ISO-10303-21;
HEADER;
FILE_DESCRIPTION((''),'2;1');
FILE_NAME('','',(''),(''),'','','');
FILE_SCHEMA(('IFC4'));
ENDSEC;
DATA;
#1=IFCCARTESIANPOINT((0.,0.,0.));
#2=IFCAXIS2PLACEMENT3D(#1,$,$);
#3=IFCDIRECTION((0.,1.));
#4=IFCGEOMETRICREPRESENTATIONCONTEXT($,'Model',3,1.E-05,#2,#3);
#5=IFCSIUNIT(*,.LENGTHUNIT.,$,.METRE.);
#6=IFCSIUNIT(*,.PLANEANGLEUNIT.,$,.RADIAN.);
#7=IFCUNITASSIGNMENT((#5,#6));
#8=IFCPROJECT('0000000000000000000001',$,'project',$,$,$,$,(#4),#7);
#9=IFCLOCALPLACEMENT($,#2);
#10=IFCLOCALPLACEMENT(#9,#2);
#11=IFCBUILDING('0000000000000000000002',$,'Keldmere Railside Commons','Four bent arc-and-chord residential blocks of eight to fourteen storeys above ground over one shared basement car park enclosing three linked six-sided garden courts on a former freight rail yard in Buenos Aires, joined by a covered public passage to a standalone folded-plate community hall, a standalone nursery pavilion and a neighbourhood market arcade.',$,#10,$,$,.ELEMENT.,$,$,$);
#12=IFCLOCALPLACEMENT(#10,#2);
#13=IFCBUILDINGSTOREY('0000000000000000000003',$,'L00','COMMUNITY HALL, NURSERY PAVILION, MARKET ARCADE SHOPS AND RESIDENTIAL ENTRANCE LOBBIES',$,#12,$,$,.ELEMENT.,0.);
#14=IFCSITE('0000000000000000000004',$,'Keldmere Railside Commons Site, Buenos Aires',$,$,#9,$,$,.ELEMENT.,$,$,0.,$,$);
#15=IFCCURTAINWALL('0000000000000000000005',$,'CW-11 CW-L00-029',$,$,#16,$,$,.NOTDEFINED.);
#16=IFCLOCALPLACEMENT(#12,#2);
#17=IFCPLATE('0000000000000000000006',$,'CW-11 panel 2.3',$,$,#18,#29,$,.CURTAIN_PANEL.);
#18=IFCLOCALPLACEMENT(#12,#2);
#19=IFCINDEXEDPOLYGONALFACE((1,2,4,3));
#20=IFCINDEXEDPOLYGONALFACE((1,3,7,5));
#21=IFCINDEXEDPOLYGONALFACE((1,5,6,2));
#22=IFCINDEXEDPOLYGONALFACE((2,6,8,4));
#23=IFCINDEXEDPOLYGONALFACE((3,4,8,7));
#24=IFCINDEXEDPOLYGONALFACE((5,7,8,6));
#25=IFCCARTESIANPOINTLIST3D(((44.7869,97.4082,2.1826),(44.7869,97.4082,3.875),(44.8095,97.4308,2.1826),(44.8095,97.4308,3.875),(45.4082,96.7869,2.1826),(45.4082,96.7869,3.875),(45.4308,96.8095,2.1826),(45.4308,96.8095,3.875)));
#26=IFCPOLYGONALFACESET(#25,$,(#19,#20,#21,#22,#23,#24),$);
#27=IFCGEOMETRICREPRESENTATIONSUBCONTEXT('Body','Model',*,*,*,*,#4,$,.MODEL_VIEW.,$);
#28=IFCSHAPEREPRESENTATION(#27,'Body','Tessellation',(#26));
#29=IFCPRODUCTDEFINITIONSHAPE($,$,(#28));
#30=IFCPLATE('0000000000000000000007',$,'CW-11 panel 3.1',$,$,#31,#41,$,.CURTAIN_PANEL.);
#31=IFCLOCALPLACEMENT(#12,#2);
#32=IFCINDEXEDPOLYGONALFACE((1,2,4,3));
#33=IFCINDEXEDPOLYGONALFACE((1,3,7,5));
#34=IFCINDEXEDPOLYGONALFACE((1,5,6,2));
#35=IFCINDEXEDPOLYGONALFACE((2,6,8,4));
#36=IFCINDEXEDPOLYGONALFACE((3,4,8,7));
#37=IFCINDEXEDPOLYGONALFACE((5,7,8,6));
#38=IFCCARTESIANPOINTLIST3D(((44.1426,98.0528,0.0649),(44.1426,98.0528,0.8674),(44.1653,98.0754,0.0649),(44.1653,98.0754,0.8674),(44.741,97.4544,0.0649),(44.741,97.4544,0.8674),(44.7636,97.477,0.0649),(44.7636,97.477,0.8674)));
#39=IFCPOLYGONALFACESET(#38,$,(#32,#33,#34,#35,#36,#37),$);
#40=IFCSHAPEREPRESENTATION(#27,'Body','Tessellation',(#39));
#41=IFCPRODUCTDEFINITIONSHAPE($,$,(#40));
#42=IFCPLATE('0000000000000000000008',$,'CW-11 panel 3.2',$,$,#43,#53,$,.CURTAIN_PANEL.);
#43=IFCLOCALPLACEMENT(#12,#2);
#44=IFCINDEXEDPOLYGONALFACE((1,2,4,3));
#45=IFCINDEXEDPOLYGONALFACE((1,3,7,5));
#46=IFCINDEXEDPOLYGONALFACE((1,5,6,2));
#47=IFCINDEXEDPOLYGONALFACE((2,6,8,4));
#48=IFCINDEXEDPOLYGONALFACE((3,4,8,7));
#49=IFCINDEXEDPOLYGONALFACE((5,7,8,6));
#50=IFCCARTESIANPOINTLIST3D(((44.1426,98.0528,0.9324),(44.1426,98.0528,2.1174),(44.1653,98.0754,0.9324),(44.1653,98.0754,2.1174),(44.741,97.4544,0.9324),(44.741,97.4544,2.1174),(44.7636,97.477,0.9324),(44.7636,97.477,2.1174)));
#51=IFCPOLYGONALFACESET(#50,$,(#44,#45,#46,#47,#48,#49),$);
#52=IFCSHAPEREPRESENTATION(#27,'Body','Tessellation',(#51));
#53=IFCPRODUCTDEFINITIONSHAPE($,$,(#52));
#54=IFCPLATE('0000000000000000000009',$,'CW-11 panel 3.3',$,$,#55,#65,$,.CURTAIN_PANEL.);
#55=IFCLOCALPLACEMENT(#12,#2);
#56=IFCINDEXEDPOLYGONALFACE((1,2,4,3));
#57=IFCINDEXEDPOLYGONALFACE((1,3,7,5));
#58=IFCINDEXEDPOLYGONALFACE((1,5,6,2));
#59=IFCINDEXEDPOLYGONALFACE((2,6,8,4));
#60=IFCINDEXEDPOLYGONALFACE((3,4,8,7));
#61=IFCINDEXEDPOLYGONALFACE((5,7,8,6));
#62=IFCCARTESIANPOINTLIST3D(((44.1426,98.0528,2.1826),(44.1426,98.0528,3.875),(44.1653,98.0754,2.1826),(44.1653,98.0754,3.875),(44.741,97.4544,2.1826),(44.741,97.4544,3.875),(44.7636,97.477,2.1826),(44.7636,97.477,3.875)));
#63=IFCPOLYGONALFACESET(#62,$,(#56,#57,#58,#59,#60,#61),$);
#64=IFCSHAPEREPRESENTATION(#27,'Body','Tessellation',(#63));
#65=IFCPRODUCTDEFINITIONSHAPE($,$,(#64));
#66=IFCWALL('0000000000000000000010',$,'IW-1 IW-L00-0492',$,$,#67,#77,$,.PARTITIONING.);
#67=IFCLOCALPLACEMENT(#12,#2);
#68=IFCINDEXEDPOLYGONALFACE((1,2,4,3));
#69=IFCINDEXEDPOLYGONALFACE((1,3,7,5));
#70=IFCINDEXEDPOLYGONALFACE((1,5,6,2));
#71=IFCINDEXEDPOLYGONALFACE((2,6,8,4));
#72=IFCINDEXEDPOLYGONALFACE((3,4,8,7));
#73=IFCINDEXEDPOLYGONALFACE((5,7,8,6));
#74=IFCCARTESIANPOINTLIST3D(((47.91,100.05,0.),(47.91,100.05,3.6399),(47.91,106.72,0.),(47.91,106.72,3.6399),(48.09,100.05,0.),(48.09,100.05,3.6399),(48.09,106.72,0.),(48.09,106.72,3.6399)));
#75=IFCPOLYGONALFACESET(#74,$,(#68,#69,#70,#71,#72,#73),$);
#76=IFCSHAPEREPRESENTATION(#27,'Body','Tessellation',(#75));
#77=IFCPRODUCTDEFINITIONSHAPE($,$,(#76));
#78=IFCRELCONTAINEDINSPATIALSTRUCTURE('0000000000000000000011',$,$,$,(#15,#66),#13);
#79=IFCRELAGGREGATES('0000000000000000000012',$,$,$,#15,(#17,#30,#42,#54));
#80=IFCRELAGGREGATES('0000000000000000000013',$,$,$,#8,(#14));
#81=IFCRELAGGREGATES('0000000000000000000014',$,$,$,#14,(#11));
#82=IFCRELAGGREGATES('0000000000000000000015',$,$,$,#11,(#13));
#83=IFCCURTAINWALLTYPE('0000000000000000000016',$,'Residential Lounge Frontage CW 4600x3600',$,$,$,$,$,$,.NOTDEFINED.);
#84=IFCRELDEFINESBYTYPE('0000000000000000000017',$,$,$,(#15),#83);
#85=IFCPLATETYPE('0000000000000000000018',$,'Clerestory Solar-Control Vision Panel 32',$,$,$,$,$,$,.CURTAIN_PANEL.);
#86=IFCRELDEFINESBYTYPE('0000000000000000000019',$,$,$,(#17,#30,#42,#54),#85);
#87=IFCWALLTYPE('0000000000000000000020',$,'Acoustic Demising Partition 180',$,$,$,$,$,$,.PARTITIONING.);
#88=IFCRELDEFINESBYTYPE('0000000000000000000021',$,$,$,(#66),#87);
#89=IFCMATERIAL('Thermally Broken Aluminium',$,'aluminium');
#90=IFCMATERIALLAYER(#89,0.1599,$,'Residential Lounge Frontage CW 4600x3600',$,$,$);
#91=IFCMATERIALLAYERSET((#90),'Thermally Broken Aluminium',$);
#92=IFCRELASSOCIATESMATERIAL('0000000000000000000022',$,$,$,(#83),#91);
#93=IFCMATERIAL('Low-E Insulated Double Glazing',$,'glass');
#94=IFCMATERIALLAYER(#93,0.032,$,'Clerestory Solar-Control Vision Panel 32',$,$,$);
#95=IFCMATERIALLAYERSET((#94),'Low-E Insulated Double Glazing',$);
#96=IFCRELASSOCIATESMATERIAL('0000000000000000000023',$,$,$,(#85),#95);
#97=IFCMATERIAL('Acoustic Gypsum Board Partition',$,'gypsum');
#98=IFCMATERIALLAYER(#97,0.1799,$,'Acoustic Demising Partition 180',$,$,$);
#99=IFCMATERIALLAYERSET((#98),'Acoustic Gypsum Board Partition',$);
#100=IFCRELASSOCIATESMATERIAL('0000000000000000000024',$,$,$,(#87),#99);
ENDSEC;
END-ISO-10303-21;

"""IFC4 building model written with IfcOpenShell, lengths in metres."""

from ifc_helpers import new_model, si_unit, direction, frame, frame_2d, origin, origin_2d, place, context, subcontext, project, spatial, rectangle, extrude, material, layer, layer_set, type_object, element, aggregate, save


model = new_model("IFC4")

# Units and contexts
model_context = context("Model", 3, precision=1e-05, world=origin(), true_north=direction((0.0, 1.0)))
body_context = subcontext(model_context, "Body", "Model", "MODEL_VIEW")
ifc_project = project(units=[si_unit("LENGTHUNIT", "METRE"), si_unit("PLANEANGLEUNIT", "RADIAN")], contexts=[model_context])

# Site, building, storey
site_placement = place(None, origin())
site = spatial("IfcSite", under=ifc_project, at=site_placement, Name="Keldmere Railside Commons Site, Buenos Aires", CompositionType="ELEMENT", RefElevation=0.0)
building_placement = place(site_placement, origin())
building = spatial("IfcBuilding", under=site, at=building_placement, Name="Keldmere Railside Commons", Description="Four bent arc-and-chord residential blocks of eight to fourteen storeys above ground over one shared basement car park enclosing three linked six-sided garden courts on a former freight rail yard in Buenos Aires, joined by a covered public passage to a standalone folded-plate community hall, a standalone nursery pavilion and a neighbourhood market arcade.", CompositionType="ELEMENT")
storey_placement = place(building_placement, origin())
storey = spatial("IfcBuildingStorey", under=building, at=storey_placement, Name="L00", Description="COMMUNITY HALL, NURSERY PAVILION, MARKET ARCADE SHOPS AND RESIDENTIAL ENTRANCE LOBBIES", CompositionType="ELEMENT", Elevation=0.0)

# Curtain wall, plates
ifc_material_1 = material(Name="Thermally Broken Aluminium", Category="aluminium")
ifc_layer_1 = layer(ifc_material_1, 0.1599, Name="Residential Lounge Frontage CW 4600x3600")
ifc_layer_set_1 = layer_set([ifc_layer_1], Name="Thermally Broken Aluminium")
curtain_wall_type = type_object("IfcCurtainWallType", Name="Residential Lounge Frontage CW 4600x3600", PredefinedType="NOTDEFINED", material=ifc_layer_set_1)
curtain_wall_placement = place(storey_placement, origin())
curtain_wall = element("IfcCurtainWall", 1, at=curtain_wall_placement, inside=storey, type_object=curtain_wall_type, Name="CW-11 CW-L00-029", PredefinedType="NOTDEFINED")
ifc_material_2 = material(Name="Low-E Insulated Double Glazing", Category="glass")
ifc_layer_2 = layer(ifc_material_2, 0.032, Name="Clerestory Solar-Control Vision Panel 32")
ifc_layer_set_2 = layer_set([ifc_layer_2], Name="Low-E Insulated Double Glazing")
plate_type = type_object("IfcPlateType", Name="Clerestory Solar-Control Vision Panel 32", PredefinedType="CURTAIN_PANEL", material=ifc_layer_set_2)
plate_1_placement = place(storey_placement, frame((45.1089, 97.1089, 2.1826), z_axis=(0.0, 0.0, 1.0), x_axis=(-0.707107, 0.707107, 0.0)))
plate_1 = element("IfcPlate", 2, at=plate_1_placement, type_object=plate_type, Name="CW-11 panel 2.3", PredefinedType="CURTAIN_PANEL", context=body_context, shape_type="SweptSolid", body=[
    extrude(rectangle(XDim=0.8787, YDim=0.032, at=origin_2d()), origin(), (0.0, 0.0, 1.0), 1.6924),
])
plate_2_placement = place(storey_placement, frame((44.4531, 97.7649, 0.0649), z_axis=(0.0, 0.0, 1.0), x_axis=(-0.707107, 0.707107, 0.0)))
plate_2 = element("IfcPlate", 3, at=plate_2_placement, type_object=plate_type, Name="CW-11 panel 3.1", PredefinedType="CURTAIN_PANEL", context=body_context, shape_type="SweptSolid", body=[
    extrude(rectangle(XDim=0.8462, YDim=0.032, at=origin_2d()), origin(), (0.0, 0.0, 1.0), 0.8025),
])
plate_3_placement = place(storey_placement, frame((44.4531, 97.7649, 0.9324), z_axis=(0.0, 0.0, 1.0), x_axis=(-0.707107, 0.707107, 0.0)))
plate_3 = element("IfcPlate", 4, at=plate_3_placement, type_object=plate_type, Name="CW-11 panel 3.2", PredefinedType="CURTAIN_PANEL", context=body_context, shape_type="SweptSolid", body=[
    extrude(rectangle(XDim=0.8462, YDim=0.032, at=origin_2d()), origin(), (0.0, 0.0, 1.0), 1.1851),
])
plate_4_placement = place(storey_placement, frame((44.4531, 97.7649, 2.1826), z_axis=(0.0, 0.0, 1.0), x_axis=(-0.707107, 0.707107, 0.0)))
plate_4 = element("IfcPlate", 5, at=plate_4_placement, type_object=plate_type, Name="CW-11 panel 3.3", PredefinedType="CURTAIN_PANEL", context=body_context, shape_type="SweptSolid", body=[
    extrude(rectangle(XDim=0.8462, YDim=0.032, at=origin_2d()), origin(), (0.0, 0.0, 1.0), 1.6924),
])
aggregate(curtain_wall, [plate_1, plate_2, plate_3, plate_4])

# Wall
ifc_material_3 = material(Name="Acoustic Gypsum Board Partition", Category="gypsum")
ifc_layer_3 = layer(ifc_material_3, 0.1799, Name="Acoustic Demising Partition 180")
ifc_layer_set_3 = layer_set([ifc_layer_3], Name="Acoustic Gypsum Board Partition")
wall_type = type_object("IfcWallType", Name="Acoustic Demising Partition 180", PredefinedType="PARTITIONING", material=ifc_layer_set_3)
wall_placement = place(storey_placement, frame((48.0, 100.05, 0.0), z_axis=(0.0, 0.0, 1.0), x_axis=(0.0, 1.0, 0.0)))
element("IfcWall", 6, at=wall_placement, inside=storey, type_object=wall_type, Name="IW-1 IW-L00-0492", PredefinedType="PARTITIONING", context=body_context, shape_type="SweptSolid", body=[
    extrude(rectangle(XDim=6.6699, YDim=0.1799, at=frame_2d((3.335, 0.0))), origin(), (0.0, 0.0, 1.0), 3.6399),
])

save(model, "model.ifc")
